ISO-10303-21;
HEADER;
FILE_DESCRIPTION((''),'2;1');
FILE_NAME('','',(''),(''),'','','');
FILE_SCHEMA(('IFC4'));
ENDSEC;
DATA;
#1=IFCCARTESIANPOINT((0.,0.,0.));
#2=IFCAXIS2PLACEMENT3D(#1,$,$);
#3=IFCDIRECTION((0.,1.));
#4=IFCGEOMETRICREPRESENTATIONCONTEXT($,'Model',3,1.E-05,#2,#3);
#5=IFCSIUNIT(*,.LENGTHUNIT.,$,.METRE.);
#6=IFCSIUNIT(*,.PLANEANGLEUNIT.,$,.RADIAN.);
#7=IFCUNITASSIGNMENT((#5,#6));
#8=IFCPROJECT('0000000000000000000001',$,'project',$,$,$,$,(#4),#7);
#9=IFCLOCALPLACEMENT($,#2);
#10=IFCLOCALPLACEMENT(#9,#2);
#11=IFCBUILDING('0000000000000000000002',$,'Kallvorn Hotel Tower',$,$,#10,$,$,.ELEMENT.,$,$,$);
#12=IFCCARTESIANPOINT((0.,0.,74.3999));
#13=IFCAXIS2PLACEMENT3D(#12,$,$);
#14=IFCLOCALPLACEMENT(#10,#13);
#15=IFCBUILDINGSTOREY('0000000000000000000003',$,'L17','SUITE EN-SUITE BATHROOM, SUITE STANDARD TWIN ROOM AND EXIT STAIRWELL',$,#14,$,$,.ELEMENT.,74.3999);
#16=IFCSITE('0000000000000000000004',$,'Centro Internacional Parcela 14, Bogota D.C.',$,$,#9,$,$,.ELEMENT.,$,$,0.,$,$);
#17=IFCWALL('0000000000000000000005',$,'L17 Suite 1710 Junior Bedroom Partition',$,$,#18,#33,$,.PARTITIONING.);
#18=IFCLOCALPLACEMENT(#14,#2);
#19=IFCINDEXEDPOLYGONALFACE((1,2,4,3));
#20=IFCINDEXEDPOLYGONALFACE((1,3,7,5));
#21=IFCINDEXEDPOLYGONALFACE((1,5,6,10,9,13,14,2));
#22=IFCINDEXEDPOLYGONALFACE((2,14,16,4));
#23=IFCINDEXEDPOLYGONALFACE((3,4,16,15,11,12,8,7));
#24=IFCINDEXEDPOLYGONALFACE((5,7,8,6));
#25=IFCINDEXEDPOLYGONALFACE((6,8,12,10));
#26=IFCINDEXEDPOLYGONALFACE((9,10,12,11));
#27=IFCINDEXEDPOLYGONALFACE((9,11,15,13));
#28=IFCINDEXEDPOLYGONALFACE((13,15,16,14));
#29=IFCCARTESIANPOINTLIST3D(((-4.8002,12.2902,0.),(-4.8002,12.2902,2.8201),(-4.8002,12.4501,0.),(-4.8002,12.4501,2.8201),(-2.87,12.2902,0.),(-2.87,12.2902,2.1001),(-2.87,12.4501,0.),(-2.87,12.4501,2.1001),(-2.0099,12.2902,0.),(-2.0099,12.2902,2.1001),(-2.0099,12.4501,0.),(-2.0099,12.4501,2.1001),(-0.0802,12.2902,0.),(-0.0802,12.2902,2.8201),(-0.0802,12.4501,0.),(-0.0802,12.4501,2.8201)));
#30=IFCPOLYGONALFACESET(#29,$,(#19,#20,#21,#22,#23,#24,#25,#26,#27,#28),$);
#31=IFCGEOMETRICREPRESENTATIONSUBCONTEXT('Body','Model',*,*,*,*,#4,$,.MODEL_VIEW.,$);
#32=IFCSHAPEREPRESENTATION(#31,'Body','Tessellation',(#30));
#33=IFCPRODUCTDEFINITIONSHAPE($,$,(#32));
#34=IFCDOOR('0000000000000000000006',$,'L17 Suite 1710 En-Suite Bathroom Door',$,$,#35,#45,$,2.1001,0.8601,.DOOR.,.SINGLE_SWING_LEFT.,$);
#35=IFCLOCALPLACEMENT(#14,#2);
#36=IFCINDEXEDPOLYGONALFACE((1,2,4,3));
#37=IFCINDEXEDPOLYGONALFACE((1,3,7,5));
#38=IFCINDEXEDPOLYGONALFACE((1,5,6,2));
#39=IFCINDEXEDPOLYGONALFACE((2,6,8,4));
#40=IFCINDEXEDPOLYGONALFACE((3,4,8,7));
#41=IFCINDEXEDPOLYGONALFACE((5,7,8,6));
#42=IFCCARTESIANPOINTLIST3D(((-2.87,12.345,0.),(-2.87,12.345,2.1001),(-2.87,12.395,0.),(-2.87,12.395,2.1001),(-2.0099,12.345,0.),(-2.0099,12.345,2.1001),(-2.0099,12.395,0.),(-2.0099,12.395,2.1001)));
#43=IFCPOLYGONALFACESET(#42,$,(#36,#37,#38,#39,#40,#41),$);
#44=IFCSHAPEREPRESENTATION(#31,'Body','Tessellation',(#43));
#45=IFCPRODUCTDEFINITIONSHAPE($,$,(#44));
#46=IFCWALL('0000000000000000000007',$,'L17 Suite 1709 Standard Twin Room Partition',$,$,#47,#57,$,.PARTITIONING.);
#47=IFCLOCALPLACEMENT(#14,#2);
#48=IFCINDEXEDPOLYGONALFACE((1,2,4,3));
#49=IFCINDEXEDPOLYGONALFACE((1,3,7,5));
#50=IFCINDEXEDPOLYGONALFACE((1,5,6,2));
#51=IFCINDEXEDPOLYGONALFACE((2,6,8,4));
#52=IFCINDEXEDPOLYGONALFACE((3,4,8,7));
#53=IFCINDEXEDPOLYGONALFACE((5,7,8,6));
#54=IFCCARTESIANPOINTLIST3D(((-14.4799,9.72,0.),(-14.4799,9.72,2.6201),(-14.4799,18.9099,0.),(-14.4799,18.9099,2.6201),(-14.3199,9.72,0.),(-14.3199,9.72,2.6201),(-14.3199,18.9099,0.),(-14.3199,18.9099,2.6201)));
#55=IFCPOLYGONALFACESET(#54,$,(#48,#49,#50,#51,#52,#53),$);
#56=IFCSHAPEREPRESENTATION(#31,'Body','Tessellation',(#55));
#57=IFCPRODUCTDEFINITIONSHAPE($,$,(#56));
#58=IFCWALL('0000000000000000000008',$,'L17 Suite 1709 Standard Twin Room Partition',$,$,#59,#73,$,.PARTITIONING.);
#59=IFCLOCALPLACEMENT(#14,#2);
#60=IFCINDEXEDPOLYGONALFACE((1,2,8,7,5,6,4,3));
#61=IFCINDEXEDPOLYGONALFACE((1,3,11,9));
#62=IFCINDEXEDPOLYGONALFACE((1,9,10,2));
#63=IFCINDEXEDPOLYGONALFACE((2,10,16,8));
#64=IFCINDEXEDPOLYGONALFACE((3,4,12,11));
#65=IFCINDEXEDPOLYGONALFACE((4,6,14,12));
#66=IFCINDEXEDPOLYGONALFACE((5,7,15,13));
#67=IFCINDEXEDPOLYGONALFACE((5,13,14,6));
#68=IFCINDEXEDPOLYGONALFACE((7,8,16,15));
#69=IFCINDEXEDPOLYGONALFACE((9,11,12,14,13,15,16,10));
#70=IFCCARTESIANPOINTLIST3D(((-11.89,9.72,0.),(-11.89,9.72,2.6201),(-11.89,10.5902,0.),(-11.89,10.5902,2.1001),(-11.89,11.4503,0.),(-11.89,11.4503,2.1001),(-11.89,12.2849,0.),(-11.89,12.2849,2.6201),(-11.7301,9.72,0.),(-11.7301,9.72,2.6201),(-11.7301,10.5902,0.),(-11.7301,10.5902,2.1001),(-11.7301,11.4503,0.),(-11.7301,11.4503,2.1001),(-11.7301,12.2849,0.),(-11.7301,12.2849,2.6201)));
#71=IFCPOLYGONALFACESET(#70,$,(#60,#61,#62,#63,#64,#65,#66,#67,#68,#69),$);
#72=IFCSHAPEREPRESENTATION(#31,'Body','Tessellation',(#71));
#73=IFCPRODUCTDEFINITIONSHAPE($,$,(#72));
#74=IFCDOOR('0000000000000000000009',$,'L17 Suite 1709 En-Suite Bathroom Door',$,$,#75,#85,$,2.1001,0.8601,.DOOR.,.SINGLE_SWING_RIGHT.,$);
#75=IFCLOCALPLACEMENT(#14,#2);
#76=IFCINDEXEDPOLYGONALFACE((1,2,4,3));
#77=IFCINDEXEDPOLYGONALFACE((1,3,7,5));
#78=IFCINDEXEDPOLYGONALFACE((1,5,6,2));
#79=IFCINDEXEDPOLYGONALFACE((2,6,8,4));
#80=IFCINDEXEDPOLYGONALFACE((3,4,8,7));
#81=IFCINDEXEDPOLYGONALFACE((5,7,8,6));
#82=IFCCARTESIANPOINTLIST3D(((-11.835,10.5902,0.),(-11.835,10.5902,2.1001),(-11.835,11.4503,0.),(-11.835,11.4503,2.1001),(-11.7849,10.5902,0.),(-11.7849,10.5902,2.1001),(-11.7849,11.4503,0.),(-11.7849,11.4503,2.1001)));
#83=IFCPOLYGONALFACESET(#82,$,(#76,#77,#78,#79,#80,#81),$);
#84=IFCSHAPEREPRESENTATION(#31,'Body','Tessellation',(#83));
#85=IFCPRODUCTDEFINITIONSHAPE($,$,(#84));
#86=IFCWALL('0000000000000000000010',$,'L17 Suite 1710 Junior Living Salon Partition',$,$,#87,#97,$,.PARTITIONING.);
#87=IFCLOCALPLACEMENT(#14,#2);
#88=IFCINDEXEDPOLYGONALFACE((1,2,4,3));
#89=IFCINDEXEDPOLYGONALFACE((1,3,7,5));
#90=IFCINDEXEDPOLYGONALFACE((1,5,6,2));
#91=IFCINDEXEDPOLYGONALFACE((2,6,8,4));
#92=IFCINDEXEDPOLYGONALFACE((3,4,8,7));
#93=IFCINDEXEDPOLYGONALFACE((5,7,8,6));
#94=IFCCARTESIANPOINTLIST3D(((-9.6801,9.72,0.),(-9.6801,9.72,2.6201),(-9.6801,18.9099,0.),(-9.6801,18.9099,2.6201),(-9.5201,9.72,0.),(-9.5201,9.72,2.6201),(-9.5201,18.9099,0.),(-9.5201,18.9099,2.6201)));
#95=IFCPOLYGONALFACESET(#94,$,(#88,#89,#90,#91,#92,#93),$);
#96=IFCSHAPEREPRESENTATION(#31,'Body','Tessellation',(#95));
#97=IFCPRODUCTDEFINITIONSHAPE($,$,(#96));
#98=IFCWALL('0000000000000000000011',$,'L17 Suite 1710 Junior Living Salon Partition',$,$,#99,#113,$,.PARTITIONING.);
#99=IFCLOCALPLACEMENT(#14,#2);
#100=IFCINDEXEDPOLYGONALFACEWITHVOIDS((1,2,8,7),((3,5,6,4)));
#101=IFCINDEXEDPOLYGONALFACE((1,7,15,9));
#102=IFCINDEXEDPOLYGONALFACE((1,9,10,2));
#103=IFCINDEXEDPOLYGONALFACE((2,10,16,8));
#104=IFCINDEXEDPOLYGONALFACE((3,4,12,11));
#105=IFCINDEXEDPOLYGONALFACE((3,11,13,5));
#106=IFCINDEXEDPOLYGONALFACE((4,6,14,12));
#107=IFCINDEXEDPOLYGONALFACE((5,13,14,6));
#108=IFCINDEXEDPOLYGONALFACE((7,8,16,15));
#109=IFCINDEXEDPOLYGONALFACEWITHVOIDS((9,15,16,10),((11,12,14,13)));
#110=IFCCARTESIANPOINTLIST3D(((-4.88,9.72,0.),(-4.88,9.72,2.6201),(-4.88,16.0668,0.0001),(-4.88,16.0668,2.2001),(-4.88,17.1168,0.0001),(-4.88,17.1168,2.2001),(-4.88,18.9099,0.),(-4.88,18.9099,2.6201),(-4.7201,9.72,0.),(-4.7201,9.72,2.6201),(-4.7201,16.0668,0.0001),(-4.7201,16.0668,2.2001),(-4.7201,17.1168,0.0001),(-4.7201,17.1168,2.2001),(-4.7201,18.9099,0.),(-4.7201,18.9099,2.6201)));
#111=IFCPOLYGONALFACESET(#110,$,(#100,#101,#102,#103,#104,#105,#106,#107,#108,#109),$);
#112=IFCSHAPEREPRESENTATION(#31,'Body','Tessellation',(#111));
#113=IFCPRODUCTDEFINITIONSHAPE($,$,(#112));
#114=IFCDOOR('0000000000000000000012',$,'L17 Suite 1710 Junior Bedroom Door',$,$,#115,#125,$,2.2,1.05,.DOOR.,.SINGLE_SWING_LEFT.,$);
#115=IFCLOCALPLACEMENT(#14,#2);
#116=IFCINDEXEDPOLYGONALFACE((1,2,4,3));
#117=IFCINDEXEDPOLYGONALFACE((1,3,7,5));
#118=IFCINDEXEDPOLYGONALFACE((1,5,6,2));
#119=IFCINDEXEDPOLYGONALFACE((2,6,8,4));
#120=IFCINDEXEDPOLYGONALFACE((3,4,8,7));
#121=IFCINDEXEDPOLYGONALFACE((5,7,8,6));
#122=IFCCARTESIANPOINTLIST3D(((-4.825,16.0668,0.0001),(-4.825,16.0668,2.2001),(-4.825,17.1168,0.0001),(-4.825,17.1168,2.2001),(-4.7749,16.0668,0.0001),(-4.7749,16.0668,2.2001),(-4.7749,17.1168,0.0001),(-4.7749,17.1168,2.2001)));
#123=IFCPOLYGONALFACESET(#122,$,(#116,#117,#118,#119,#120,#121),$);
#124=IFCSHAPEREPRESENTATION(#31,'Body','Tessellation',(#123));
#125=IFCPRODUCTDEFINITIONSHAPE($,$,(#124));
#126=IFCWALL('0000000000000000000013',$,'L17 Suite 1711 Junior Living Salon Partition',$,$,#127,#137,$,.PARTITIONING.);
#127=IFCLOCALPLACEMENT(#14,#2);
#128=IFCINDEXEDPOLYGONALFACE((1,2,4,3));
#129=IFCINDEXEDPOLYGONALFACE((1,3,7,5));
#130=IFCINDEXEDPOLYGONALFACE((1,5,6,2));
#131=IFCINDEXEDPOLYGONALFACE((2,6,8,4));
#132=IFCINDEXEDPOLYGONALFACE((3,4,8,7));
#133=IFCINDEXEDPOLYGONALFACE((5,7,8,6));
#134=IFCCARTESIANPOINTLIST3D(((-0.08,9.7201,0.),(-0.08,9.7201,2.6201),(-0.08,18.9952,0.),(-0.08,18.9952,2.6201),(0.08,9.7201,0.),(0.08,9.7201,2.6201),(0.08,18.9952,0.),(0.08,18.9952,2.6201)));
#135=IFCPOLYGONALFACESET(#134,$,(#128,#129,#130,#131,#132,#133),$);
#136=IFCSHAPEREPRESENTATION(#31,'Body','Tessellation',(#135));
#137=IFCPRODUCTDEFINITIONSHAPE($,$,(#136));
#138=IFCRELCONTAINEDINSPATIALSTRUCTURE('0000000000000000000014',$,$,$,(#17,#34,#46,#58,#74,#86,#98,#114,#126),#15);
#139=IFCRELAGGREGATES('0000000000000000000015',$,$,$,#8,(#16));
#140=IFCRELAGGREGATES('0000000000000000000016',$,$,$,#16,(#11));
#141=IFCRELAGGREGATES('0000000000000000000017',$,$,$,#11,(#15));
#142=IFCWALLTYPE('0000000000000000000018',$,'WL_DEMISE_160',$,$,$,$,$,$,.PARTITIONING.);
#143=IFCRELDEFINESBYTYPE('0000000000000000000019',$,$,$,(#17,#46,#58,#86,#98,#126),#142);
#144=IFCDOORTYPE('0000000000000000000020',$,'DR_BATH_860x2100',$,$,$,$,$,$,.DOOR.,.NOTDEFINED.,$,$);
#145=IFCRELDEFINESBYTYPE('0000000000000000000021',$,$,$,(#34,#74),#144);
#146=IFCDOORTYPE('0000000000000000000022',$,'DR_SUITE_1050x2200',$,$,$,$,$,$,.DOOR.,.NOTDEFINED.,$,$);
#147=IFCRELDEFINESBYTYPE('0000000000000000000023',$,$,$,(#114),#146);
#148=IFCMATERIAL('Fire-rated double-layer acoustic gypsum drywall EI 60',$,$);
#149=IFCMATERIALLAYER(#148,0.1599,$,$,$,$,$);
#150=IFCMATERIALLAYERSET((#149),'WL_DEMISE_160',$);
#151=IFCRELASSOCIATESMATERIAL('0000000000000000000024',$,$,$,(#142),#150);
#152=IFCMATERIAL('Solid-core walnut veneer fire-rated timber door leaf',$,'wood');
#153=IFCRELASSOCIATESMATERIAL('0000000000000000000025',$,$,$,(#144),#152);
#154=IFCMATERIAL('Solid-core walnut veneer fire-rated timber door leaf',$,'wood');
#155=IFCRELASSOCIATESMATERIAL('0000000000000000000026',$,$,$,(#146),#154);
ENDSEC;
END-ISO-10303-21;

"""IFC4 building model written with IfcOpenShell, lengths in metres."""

from ifc_helpers import new_model, si_unit, direction, frame, frame_2d, origin, place, context, subcontext, project, spatial, rectangle, extrude, material, layer, layer_set, type_object, element, fill, save


model = new_model("IFC4")

# Units and contexts
model_context = context("Model", 3, precision=1e-05, world=origin(), true_north=direction((0.0, 1.0)))
body_context = subcontext(model_context, "Body", "Model", "MODEL_VIEW")
ifc_project = project(units=[si_unit("LENGTHUNIT", "METRE"), si_unit("PLANEANGLEUNIT", "RADIAN")], contexts=[model_context])

# Site, building, storey
site_placement = place(None, origin())
site = spatial("IfcSite", under=ifc_project, at=site_placement, Name="Centro Internacional Parcela 14, Bogota D.C.", CompositionType="ELEMENT", RefElevation=0.0)
building_placement = place(site_placement, origin())
building = spatial("IfcBuilding", under=site, at=building_placement, Name="Kallvorn Hotel Tower", CompositionType="ELEMENT")
storey_placement = place(building_placement, frame((0.0, 0.0, 74.3999)))
storey = spatial("IfcBuildingStorey", under=building, at=storey_placement, Name="L17", Description="SUITE EN-SUITE BATHROOM, SUITE STANDARD TWIN ROOM AND EXIT STAIRWELL", CompositionType="ELEMENT", Elevation=74.3999)

# Shared definitions
ifc_material_1 = material(Name="Fire-rated double-layer acoustic gypsum drywall EI 60")
ifc_layer_1 = layer(ifc_material_1, 0.1599)
ifc_layer_set_1 = layer_set([ifc_layer_1], Name="WL_DEMISE_160")
wall_type = type_object("IfcWallType", Name="WL_DEMISE_160", PredefinedType="PARTITIONING", material=ifc_layer_set_1)

# Wall, opening, door
wall_1_placement = place(storey_placement, frame((-4.8, 12.3701, 0.0), z_axis=(0.0, 0.0, 1.0), x_axis=(1.0, 0.0, 0.0)))
wall_1 = element("IfcWall", 1, at=wall_1_placement, inside=storey, type_object=wall_type, Name="L17 Suite 1710 Junior Bedroom Partition", PredefinedType="PARTITIONING", context=body_context, shape_type="SweptSolid", body=[
    extrude(rectangle(XDim=4.72, YDim=0.1599, at=frame_2d((2.3599, 0.0))), origin(), (0.0, 0.0, 1.0), 2.8201),
])
opening_1_placement = place(wall_1_placement, frame((1.9299, 0.0, 0.0)))
opening_1 = element("IfcOpeningElement", 2, at=opening_1_placement, cuts=wall_1, PredefinedType="OPENING", context=body_context, shape_type="SweptSolid", body=[
    extrude(rectangle(XDim=0.8601, YDim=2.1001, at=frame_2d((0.4302, 1.05))), frame((0.0, 0.095, 0.0), z_axis=(0.0, -1.0, 0.0), x_axis=(1.0, 0.0, 0.0)), (0.0, 0.0, 1.0), 0.1899),
])
ifc_material_2 = material(Name="Solid-core walnut veneer fire-rated timber door leaf", Category="wood")
door_type_1 = type_object("IfcDoorType", Name="DR_BATH_860x2100", OperationType="NOTDEFINED", PredefinedType="DOOR", material=ifc_material_2)
door_1_placement = place(opening_1_placement, origin())
door_1 = element("IfcDoor", 3, at=door_1_placement, inside=storey, type_object=door_type_1, Name="L17 Suite 1710 En-Suite Bathroom Door", OperationType="SINGLE_SWING_LEFT", OverallHeight=2.1001, OverallWidth=0.8601, PredefinedType="DOOR", context=body_context, shape_type="SweptSolid", body=[
    extrude(rectangle(XDim=0.8601, YDim=2.1001, at=frame_2d((0.4302, 1.05))), frame((0.0, 0.0249, 0.0), z_axis=(0.0, -1.0, 0.0), x_axis=(1.0, 0.0, 0.0)), (0.0, 0.0, 1.0), 0.05),
])
fill(opening_1, door_1)

# Wall
wall_2_placement = place(storey_placement, frame((-14.3999, 9.72, 0.0), z_axis=(0.0, 0.0, 1.0), x_axis=(0.0, 1.0, 0.0)))
element("IfcWall", 4, at=wall_2_placement, inside=storey, type_object=wall_type, Name="L17 Suite 1709 Standard Twin Room Partition", PredefinedType="PARTITIONING", context=body_context, shape_type="SweptSolid", body=[
    extrude(rectangle(XDim=9.1899, YDim=0.1599, at=frame_2d((4.595, 0.0))), origin(), (0.0, 0.0, 1.0), 2.6201),
])

# Wall, opening, door
wall_3_placement = place(storey_placement, frame((-11.8101, 9.72, 0.0), z_axis=(0.0, 0.0, 1.0), x_axis=(0.0, 1.0, 0.0)))
wall_3 = element("IfcWall", 5, at=wall_3_placement, inside=storey, type_object=wall_type, Name="L17 Suite 1709 Standard Twin Room Partition", PredefinedType="PARTITIONING", context=body_context, shape_type="SweptSolid", body=[
    extrude(rectangle(XDim=2.5649, YDim=0.1599, at=frame_2d((1.2825, 0.0))), origin(), (0.0, 0.0, 1.0), 2.6201),
])
opening_2_placement = place(wall_3_placement, frame((0.8701, 0.0, 0.0)))
opening_2 = element("IfcOpeningElement", 6, at=opening_2_placement, cuts=wall_3, PredefinedType="OPENING", context=body_context, shape_type="SweptSolid", body=[
    extrude(rectangle(XDim=0.8601, YDim=2.1001, at=frame_2d((0.4302, 1.05))), frame((0.0, 0.095, 0.0), z_axis=(0.0, -1.0, 0.0), x_axis=(1.0, 0.0, 0.0)), (0.0, 0.0, 1.0), 0.1899),
])
door_2_placement = place(opening_2_placement, origin())
door_2 = element("IfcDoor", 7, at=door_2_placement, inside=storey, type_object=door_type_1, Name="L17 Suite 1709 En-Suite Bathroom Door", OperationType="SINGLE_SWING_RIGHT", OverallHeight=2.1001, OverallWidth=0.8601, PredefinedType="DOOR", context=body_context, shape_type="SweptSolid", body=[
    extrude(rectangle(XDim=0.8601, YDim=2.1001, at=frame_2d((0.4302, 1.05))), frame((0.0, 0.0249, 0.0), z_axis=(0.0, -1.0, 0.0), x_axis=(1.0, 0.0, 0.0)), (0.0, 0.0, 1.0), 0.05),
])
fill(opening_2, door_2)

# Wall
wall_4_placement = place(storey_placement, frame((-9.6001, 9.72, 0.0), z_axis=(0.0, 0.0, 1.0), x_axis=(0.0, 1.0, 0.0)))
element("IfcWall", 8, at=wall_4_placement, inside=storey, type_object=wall_type, Name="L17 Suite 1710 Junior Living Salon Partition", PredefinedType="PARTITIONING", context=body_context, shape_type="SweptSolid", body=[
    extrude(rectangle(XDim=9.1899, YDim=0.1599, at=frame_2d((4.595, 0.0))), origin(), (0.0, 0.0, 1.0), 2.6201),
])

# Wall, opening, door
wall_5_placement = place(storey_placement, frame((-4.8, 9.72, 0.0), z_axis=(0.0, 0.0, 1.0), x_axis=(0.0, 1.0, 0.0)))
wall_5 = element("IfcWall", 9, at=wall_5_placement, inside=storey, type_object=wall_type, Name="L17 Suite 1710 Junior Living Salon Partition", PredefinedType="PARTITIONING", context=body_context, shape_type="SweptSolid", body=[
    extrude(rectangle(XDim=9.1899, YDim=0.1599, at=frame_2d((4.595, 0.0))), origin(), (0.0, 0.0, 1.0), 2.6201),
])
opening_3_placement = place(wall_5_placement, frame((6.3469, 0.0, 0.0)))
opening_3 = element("IfcOpeningElement", 10, at=opening_3_placement, cuts=wall_5, PredefinedType="OPENING", context=body_context, shape_type="SweptSolid", body=[
    extrude(rectangle(XDim=1.05, YDim=2.2, at=frame_2d((0.5249, 1.1001))), frame((0.0, 0.095, 0.0), z_axis=(0.0, -1.0, 0.0), x_axis=(1.0, 0.0, 0.0)), (0.0, 0.0, 1.0), 0.1899),
])
ifc_material_3 = material(Name="Solid-core walnut veneer fire-rated timber door leaf", Category="wood")
door_type_2 = type_object("IfcDoorType", Name="DR_SUITE_1050x2200", OperationType="NOTDEFINED", PredefinedType="DOOR", material=ifc_material_3)
door_3_placement = place(opening_3_placement, origin())
door_3 = element("IfcDoor", 11, at=door_3_placement, inside=storey, type_object=door_type_2, Name="L17 Suite 1710 Junior Bedroom Door", OperationType="SINGLE_SWING_LEFT", OverallHeight=2.2, OverallWidth=1.05, PredefinedType="DOOR", context=body_context, shape_type="SweptSolid", body=[
    extrude(rectangle(XDim=1.05, YDim=2.2, at=frame_2d((0.5249, 1.1001))), frame((0.0, 0.0249, 0.0), z_axis=(0.0, -1.0, 0.0), x_axis=(1.0, 0.0, 0.0)), (0.0, 0.0, 1.0), 0.05),
])
fill(opening_3, door_3)

# Wall
wall_6_placement = place(storey_placement, frame((0.0, 9.72, 0.0), z_axis=(0.0, 0.0, 1.0), x_axis=(0.0, 1.0, 0.0)))
element("IfcWall", 12, at=wall_6_placement, inside=storey, type_object=wall_type, Name="L17 Suite 1711 Junior Living Salon Partition", PredefinedType="PARTITIONING", context=body_context, shape_type="SweptSolid", body=[
    extrude(rectangle(XDim=9.2751, YDim=0.1599, at=frame_2d((4.6377, 0.0))), origin(), (0.0, 0.0, 1.0), 2.6201),
])

save(model, "model.ifc")
